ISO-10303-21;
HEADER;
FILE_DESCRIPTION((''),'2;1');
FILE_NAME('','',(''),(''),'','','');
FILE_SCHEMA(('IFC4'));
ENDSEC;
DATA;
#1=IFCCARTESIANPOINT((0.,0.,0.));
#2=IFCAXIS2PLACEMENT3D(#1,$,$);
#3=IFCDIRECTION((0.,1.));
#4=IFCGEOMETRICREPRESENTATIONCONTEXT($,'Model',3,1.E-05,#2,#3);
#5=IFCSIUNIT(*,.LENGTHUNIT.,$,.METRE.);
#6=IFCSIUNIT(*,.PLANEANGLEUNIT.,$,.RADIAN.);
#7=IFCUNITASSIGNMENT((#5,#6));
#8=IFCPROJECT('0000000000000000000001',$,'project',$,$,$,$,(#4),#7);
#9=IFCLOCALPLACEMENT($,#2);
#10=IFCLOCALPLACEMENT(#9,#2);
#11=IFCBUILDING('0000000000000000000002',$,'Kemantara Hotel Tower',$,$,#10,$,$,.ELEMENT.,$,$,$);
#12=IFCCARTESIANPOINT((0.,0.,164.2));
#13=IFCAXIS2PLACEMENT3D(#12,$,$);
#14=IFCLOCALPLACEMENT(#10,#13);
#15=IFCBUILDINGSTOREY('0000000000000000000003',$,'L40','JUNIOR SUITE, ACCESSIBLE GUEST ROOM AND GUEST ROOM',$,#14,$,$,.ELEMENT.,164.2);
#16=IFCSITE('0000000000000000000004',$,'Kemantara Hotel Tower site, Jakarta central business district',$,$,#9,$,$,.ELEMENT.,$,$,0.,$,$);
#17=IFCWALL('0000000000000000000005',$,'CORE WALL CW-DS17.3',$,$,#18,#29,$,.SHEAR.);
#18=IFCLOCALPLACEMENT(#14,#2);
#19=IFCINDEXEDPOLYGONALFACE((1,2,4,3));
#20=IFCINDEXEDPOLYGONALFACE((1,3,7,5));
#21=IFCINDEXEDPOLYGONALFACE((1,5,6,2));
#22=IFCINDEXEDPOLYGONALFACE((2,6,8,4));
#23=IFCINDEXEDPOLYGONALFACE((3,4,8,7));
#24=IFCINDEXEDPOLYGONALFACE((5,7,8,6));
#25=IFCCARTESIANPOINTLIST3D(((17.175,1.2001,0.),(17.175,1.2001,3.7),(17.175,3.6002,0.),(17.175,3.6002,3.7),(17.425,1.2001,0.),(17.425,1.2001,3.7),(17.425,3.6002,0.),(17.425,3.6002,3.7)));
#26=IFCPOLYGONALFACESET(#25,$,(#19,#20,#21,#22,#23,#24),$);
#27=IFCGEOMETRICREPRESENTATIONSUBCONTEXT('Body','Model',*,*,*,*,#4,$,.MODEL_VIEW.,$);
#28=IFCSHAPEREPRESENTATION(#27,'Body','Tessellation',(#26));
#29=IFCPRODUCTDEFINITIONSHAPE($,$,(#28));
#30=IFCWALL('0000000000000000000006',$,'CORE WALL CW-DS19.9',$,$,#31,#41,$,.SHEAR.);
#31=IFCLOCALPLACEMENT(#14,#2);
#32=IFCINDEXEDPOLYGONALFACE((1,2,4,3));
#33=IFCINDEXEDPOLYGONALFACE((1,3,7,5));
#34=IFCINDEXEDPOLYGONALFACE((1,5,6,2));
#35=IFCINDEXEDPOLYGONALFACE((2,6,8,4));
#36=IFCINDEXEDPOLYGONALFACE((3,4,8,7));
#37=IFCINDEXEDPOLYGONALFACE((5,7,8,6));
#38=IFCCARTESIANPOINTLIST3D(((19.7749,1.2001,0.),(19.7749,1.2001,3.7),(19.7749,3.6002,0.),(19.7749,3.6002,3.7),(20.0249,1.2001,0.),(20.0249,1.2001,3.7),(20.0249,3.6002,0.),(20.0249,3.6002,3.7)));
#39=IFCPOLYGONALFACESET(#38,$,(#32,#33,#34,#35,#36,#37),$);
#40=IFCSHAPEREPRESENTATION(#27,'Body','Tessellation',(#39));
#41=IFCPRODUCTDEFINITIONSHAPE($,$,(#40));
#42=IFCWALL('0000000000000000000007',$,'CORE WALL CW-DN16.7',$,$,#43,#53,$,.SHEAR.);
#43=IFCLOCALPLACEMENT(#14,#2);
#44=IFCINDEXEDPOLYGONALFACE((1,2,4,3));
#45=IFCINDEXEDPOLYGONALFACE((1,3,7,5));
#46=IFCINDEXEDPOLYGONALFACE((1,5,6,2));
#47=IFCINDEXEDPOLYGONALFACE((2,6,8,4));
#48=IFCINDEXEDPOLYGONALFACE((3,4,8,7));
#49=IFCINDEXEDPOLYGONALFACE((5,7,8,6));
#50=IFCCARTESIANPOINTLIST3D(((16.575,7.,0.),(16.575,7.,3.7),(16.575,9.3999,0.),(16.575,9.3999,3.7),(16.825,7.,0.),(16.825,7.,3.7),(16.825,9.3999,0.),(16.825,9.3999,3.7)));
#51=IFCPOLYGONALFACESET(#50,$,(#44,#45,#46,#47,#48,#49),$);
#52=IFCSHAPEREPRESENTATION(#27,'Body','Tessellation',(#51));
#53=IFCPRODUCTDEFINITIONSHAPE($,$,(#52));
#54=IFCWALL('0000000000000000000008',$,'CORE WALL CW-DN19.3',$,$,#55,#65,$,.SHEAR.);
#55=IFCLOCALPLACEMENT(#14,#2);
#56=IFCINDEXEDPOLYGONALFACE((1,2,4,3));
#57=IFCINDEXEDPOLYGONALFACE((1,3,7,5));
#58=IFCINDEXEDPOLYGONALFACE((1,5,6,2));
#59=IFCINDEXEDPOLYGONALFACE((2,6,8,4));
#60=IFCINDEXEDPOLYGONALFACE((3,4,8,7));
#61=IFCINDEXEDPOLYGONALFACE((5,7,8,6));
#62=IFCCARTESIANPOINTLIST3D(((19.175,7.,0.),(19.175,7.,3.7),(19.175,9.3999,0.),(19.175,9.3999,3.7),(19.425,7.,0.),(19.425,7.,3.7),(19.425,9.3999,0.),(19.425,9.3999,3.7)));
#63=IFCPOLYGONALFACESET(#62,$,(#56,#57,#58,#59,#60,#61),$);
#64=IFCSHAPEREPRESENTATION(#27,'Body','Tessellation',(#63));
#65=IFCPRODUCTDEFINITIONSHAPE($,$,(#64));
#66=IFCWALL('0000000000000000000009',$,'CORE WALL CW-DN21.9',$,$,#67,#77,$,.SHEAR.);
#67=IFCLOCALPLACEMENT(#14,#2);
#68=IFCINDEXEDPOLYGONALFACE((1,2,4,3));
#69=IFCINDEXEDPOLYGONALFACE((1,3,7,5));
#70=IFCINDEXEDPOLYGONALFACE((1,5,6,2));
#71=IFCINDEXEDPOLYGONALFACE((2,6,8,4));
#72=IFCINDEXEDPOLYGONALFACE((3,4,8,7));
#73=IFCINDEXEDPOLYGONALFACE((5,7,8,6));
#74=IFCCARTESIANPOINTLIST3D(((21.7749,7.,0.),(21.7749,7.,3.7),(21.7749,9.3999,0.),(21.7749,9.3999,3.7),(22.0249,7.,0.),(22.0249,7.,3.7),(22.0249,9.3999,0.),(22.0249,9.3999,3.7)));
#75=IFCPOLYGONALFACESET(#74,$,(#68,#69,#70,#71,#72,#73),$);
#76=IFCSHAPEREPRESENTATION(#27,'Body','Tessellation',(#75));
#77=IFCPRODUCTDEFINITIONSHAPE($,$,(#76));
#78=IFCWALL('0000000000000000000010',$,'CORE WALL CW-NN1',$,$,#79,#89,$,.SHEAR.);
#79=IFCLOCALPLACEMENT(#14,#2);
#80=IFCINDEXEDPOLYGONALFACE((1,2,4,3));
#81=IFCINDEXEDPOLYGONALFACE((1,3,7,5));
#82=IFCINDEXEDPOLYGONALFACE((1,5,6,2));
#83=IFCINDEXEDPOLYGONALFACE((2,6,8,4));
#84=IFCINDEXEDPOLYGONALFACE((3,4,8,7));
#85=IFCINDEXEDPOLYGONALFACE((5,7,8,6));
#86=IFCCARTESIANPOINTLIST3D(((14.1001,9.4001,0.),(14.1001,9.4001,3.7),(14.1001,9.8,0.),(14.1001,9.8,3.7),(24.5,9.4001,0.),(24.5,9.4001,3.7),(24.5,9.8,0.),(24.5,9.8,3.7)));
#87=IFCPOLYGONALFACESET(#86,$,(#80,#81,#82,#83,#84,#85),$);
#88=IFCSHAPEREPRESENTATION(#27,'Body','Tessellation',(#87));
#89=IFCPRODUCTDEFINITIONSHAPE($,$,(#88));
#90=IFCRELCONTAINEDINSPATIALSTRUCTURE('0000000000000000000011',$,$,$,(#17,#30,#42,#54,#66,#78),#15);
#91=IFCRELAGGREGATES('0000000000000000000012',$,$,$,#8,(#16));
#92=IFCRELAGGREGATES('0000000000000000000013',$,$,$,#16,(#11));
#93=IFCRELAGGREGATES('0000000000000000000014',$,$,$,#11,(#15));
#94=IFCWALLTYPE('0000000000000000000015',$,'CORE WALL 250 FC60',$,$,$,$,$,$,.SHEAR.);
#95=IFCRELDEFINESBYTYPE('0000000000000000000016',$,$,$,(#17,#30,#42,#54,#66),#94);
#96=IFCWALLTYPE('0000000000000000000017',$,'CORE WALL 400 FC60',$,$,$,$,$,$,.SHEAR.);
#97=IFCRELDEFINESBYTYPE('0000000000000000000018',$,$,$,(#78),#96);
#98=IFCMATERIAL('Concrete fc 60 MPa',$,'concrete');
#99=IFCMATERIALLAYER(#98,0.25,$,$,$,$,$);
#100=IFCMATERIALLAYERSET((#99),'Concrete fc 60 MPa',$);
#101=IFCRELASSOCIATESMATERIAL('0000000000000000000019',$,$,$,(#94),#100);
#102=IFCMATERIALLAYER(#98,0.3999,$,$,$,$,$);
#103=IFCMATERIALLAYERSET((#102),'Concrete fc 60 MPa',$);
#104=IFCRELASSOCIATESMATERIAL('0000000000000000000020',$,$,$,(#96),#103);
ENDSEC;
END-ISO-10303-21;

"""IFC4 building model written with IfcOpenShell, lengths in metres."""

from ifc_helpers import new_model, si_unit, direction, frame, frame_2d, origin, place, context, subcontext, project, spatial, rectangle, extrude, material, layer, layer_set, type_object, element, save


model = new_model("IFC4")

# Units and contexts
model_context = context("Model", 3, precision=1e-05, world=origin(), true_north=direction((0.0, 1.0)))
body_context = subcontext(model_context, "Body", "Model", "MODEL_VIEW")
ifc_project = project(units=[si_unit("LENGTHUNIT", "METRE"), si_unit("PLANEANGLEUNIT", "RADIAN")], contexts=[model_context])

# Site, building, storey
site_placement = place(None, origin())
site = spatial("IfcSite", under=ifc_project, at=site_placement, Name="Kemantara Hotel Tower site, Jakarta central business district", CompositionType="ELEMENT", RefElevation=0.0)
building_placement = place(site_placement, origin())
building = spatial("IfcBuilding", under=site, at=building_placement, Name="Kemantara Hotel Tower", CompositionType="ELEMENT")
storey_placement = place(building_placement, frame((0.0, 0.0, 164.2)))
storey = spatial("IfcBuildingStorey", under=building, at=storey_placement, Name="L40", Description="JUNIOR SUITE, ACCESSIBLE GUEST ROOM AND GUEST ROOM", CompositionType="ELEMENT", Elevation=164.2)

# Walls
ifc_material_1 = material(Name="Concrete fc 60 MPa", Category="concrete")
ifc_layer_1 = layer(ifc_material_1, 0.25)
ifc_layer_set_1 = layer_set([ifc_layer_1], Name="Concrete fc 60 MPa")
wall_type_1 = type_object("IfcWallType", Name="CORE WALL 250 FC60", PredefinedType="SHEAR", material=ifc_layer_set_1)
for number, where, z_axis, x_axis, name in (
    (1, (17.3, 1.2, 0.0), (0.0, 0.0, 1.0), (0.0, 1.0, 0.0), "CORE WALL CW-DS17.3"),
    (2, (19.8999, 1.2, 0.0), (0.0, 0.0, 1.0), (0.0, 1.0, 0.0), "CORE WALL CW-DS19.9"),
):
    element("IfcWall", number, at=place(storey_placement, frame(where, z_axis=z_axis, x_axis=x_axis)), inside=storey, type_object=wall_type_1, Name=name, PredefinedType="SHEAR", context=body_context, shape_type="SweptSolid", body=[
        extrude(rectangle(XDim=2.4001, YDim=0.25, at=frame_2d((1.2002, 0.0))), origin(), (0.0, 0.0, 1.0), 3.7),
    ])
for number, where, z_axis, x_axis, name in (
    (3, (16.7, 7.0, 0.0), (0.0, 0.0, 1.0), (0.0, 1.0, 0.0), "CORE WALL CW-DN16.7"),
    (4, (19.3, 7.0, 0.0), (0.0, 0.0, 1.0), (0.0, 1.0, 0.0), "CORE WALL CW-DN19.3"),
    (5, (21.8999, 7.0, 0.0), (0.0, 0.0, 1.0), (0.0, 1.0, 0.0), "CORE WALL CW-DN21.9"),
):
    element("IfcWall", number, at=place(storey_placement, frame(where, z_axis=z_axis, x_axis=x_axis)), inside=storey, type_object=wall_type_1, Name=name, PredefinedType="SHEAR", context=body_context, shape_type="SweptSolid", body=[
        extrude(rectangle(XDim=2.3999, YDim=0.25, at=frame_2d((1.2, 0.0))), origin(), (0.0, 0.0, 1.0), 3.7),
    ])
ifc_layer_2 = layer(ifc_material_1, 0.3999)
ifc_layer_set_2 = layer_set([ifc_layer_2], Name="Concrete fc 60 MPa")
wall_type_2 = type_object("IfcWallType", Name="CORE WALL 400 FC60", PredefinedType="SHEAR", material=ifc_layer_set_2)
wall_1_placement = place(storey_placement, frame((14.1001, 9.6001, 0.0), z_axis=(0.0, 0.0, 1.0), x_axis=(1.0, 0.0, 0.0)))
element("IfcWall", 6, at=wall_1_placement, inside=storey, type_object=wall_type_2, Name="CORE WALL CW-NN1", PredefinedType="SHEAR", context=body_context, shape_type="SweptSolid", body=[
    extrude(rectangle(XDim=10.3999, YDim=0.3999, at=frame_2d((5.2, 0.0))), origin(), (0.0, 0.0, 1.0), 3.7),
])

save(model, "model.ifc")
